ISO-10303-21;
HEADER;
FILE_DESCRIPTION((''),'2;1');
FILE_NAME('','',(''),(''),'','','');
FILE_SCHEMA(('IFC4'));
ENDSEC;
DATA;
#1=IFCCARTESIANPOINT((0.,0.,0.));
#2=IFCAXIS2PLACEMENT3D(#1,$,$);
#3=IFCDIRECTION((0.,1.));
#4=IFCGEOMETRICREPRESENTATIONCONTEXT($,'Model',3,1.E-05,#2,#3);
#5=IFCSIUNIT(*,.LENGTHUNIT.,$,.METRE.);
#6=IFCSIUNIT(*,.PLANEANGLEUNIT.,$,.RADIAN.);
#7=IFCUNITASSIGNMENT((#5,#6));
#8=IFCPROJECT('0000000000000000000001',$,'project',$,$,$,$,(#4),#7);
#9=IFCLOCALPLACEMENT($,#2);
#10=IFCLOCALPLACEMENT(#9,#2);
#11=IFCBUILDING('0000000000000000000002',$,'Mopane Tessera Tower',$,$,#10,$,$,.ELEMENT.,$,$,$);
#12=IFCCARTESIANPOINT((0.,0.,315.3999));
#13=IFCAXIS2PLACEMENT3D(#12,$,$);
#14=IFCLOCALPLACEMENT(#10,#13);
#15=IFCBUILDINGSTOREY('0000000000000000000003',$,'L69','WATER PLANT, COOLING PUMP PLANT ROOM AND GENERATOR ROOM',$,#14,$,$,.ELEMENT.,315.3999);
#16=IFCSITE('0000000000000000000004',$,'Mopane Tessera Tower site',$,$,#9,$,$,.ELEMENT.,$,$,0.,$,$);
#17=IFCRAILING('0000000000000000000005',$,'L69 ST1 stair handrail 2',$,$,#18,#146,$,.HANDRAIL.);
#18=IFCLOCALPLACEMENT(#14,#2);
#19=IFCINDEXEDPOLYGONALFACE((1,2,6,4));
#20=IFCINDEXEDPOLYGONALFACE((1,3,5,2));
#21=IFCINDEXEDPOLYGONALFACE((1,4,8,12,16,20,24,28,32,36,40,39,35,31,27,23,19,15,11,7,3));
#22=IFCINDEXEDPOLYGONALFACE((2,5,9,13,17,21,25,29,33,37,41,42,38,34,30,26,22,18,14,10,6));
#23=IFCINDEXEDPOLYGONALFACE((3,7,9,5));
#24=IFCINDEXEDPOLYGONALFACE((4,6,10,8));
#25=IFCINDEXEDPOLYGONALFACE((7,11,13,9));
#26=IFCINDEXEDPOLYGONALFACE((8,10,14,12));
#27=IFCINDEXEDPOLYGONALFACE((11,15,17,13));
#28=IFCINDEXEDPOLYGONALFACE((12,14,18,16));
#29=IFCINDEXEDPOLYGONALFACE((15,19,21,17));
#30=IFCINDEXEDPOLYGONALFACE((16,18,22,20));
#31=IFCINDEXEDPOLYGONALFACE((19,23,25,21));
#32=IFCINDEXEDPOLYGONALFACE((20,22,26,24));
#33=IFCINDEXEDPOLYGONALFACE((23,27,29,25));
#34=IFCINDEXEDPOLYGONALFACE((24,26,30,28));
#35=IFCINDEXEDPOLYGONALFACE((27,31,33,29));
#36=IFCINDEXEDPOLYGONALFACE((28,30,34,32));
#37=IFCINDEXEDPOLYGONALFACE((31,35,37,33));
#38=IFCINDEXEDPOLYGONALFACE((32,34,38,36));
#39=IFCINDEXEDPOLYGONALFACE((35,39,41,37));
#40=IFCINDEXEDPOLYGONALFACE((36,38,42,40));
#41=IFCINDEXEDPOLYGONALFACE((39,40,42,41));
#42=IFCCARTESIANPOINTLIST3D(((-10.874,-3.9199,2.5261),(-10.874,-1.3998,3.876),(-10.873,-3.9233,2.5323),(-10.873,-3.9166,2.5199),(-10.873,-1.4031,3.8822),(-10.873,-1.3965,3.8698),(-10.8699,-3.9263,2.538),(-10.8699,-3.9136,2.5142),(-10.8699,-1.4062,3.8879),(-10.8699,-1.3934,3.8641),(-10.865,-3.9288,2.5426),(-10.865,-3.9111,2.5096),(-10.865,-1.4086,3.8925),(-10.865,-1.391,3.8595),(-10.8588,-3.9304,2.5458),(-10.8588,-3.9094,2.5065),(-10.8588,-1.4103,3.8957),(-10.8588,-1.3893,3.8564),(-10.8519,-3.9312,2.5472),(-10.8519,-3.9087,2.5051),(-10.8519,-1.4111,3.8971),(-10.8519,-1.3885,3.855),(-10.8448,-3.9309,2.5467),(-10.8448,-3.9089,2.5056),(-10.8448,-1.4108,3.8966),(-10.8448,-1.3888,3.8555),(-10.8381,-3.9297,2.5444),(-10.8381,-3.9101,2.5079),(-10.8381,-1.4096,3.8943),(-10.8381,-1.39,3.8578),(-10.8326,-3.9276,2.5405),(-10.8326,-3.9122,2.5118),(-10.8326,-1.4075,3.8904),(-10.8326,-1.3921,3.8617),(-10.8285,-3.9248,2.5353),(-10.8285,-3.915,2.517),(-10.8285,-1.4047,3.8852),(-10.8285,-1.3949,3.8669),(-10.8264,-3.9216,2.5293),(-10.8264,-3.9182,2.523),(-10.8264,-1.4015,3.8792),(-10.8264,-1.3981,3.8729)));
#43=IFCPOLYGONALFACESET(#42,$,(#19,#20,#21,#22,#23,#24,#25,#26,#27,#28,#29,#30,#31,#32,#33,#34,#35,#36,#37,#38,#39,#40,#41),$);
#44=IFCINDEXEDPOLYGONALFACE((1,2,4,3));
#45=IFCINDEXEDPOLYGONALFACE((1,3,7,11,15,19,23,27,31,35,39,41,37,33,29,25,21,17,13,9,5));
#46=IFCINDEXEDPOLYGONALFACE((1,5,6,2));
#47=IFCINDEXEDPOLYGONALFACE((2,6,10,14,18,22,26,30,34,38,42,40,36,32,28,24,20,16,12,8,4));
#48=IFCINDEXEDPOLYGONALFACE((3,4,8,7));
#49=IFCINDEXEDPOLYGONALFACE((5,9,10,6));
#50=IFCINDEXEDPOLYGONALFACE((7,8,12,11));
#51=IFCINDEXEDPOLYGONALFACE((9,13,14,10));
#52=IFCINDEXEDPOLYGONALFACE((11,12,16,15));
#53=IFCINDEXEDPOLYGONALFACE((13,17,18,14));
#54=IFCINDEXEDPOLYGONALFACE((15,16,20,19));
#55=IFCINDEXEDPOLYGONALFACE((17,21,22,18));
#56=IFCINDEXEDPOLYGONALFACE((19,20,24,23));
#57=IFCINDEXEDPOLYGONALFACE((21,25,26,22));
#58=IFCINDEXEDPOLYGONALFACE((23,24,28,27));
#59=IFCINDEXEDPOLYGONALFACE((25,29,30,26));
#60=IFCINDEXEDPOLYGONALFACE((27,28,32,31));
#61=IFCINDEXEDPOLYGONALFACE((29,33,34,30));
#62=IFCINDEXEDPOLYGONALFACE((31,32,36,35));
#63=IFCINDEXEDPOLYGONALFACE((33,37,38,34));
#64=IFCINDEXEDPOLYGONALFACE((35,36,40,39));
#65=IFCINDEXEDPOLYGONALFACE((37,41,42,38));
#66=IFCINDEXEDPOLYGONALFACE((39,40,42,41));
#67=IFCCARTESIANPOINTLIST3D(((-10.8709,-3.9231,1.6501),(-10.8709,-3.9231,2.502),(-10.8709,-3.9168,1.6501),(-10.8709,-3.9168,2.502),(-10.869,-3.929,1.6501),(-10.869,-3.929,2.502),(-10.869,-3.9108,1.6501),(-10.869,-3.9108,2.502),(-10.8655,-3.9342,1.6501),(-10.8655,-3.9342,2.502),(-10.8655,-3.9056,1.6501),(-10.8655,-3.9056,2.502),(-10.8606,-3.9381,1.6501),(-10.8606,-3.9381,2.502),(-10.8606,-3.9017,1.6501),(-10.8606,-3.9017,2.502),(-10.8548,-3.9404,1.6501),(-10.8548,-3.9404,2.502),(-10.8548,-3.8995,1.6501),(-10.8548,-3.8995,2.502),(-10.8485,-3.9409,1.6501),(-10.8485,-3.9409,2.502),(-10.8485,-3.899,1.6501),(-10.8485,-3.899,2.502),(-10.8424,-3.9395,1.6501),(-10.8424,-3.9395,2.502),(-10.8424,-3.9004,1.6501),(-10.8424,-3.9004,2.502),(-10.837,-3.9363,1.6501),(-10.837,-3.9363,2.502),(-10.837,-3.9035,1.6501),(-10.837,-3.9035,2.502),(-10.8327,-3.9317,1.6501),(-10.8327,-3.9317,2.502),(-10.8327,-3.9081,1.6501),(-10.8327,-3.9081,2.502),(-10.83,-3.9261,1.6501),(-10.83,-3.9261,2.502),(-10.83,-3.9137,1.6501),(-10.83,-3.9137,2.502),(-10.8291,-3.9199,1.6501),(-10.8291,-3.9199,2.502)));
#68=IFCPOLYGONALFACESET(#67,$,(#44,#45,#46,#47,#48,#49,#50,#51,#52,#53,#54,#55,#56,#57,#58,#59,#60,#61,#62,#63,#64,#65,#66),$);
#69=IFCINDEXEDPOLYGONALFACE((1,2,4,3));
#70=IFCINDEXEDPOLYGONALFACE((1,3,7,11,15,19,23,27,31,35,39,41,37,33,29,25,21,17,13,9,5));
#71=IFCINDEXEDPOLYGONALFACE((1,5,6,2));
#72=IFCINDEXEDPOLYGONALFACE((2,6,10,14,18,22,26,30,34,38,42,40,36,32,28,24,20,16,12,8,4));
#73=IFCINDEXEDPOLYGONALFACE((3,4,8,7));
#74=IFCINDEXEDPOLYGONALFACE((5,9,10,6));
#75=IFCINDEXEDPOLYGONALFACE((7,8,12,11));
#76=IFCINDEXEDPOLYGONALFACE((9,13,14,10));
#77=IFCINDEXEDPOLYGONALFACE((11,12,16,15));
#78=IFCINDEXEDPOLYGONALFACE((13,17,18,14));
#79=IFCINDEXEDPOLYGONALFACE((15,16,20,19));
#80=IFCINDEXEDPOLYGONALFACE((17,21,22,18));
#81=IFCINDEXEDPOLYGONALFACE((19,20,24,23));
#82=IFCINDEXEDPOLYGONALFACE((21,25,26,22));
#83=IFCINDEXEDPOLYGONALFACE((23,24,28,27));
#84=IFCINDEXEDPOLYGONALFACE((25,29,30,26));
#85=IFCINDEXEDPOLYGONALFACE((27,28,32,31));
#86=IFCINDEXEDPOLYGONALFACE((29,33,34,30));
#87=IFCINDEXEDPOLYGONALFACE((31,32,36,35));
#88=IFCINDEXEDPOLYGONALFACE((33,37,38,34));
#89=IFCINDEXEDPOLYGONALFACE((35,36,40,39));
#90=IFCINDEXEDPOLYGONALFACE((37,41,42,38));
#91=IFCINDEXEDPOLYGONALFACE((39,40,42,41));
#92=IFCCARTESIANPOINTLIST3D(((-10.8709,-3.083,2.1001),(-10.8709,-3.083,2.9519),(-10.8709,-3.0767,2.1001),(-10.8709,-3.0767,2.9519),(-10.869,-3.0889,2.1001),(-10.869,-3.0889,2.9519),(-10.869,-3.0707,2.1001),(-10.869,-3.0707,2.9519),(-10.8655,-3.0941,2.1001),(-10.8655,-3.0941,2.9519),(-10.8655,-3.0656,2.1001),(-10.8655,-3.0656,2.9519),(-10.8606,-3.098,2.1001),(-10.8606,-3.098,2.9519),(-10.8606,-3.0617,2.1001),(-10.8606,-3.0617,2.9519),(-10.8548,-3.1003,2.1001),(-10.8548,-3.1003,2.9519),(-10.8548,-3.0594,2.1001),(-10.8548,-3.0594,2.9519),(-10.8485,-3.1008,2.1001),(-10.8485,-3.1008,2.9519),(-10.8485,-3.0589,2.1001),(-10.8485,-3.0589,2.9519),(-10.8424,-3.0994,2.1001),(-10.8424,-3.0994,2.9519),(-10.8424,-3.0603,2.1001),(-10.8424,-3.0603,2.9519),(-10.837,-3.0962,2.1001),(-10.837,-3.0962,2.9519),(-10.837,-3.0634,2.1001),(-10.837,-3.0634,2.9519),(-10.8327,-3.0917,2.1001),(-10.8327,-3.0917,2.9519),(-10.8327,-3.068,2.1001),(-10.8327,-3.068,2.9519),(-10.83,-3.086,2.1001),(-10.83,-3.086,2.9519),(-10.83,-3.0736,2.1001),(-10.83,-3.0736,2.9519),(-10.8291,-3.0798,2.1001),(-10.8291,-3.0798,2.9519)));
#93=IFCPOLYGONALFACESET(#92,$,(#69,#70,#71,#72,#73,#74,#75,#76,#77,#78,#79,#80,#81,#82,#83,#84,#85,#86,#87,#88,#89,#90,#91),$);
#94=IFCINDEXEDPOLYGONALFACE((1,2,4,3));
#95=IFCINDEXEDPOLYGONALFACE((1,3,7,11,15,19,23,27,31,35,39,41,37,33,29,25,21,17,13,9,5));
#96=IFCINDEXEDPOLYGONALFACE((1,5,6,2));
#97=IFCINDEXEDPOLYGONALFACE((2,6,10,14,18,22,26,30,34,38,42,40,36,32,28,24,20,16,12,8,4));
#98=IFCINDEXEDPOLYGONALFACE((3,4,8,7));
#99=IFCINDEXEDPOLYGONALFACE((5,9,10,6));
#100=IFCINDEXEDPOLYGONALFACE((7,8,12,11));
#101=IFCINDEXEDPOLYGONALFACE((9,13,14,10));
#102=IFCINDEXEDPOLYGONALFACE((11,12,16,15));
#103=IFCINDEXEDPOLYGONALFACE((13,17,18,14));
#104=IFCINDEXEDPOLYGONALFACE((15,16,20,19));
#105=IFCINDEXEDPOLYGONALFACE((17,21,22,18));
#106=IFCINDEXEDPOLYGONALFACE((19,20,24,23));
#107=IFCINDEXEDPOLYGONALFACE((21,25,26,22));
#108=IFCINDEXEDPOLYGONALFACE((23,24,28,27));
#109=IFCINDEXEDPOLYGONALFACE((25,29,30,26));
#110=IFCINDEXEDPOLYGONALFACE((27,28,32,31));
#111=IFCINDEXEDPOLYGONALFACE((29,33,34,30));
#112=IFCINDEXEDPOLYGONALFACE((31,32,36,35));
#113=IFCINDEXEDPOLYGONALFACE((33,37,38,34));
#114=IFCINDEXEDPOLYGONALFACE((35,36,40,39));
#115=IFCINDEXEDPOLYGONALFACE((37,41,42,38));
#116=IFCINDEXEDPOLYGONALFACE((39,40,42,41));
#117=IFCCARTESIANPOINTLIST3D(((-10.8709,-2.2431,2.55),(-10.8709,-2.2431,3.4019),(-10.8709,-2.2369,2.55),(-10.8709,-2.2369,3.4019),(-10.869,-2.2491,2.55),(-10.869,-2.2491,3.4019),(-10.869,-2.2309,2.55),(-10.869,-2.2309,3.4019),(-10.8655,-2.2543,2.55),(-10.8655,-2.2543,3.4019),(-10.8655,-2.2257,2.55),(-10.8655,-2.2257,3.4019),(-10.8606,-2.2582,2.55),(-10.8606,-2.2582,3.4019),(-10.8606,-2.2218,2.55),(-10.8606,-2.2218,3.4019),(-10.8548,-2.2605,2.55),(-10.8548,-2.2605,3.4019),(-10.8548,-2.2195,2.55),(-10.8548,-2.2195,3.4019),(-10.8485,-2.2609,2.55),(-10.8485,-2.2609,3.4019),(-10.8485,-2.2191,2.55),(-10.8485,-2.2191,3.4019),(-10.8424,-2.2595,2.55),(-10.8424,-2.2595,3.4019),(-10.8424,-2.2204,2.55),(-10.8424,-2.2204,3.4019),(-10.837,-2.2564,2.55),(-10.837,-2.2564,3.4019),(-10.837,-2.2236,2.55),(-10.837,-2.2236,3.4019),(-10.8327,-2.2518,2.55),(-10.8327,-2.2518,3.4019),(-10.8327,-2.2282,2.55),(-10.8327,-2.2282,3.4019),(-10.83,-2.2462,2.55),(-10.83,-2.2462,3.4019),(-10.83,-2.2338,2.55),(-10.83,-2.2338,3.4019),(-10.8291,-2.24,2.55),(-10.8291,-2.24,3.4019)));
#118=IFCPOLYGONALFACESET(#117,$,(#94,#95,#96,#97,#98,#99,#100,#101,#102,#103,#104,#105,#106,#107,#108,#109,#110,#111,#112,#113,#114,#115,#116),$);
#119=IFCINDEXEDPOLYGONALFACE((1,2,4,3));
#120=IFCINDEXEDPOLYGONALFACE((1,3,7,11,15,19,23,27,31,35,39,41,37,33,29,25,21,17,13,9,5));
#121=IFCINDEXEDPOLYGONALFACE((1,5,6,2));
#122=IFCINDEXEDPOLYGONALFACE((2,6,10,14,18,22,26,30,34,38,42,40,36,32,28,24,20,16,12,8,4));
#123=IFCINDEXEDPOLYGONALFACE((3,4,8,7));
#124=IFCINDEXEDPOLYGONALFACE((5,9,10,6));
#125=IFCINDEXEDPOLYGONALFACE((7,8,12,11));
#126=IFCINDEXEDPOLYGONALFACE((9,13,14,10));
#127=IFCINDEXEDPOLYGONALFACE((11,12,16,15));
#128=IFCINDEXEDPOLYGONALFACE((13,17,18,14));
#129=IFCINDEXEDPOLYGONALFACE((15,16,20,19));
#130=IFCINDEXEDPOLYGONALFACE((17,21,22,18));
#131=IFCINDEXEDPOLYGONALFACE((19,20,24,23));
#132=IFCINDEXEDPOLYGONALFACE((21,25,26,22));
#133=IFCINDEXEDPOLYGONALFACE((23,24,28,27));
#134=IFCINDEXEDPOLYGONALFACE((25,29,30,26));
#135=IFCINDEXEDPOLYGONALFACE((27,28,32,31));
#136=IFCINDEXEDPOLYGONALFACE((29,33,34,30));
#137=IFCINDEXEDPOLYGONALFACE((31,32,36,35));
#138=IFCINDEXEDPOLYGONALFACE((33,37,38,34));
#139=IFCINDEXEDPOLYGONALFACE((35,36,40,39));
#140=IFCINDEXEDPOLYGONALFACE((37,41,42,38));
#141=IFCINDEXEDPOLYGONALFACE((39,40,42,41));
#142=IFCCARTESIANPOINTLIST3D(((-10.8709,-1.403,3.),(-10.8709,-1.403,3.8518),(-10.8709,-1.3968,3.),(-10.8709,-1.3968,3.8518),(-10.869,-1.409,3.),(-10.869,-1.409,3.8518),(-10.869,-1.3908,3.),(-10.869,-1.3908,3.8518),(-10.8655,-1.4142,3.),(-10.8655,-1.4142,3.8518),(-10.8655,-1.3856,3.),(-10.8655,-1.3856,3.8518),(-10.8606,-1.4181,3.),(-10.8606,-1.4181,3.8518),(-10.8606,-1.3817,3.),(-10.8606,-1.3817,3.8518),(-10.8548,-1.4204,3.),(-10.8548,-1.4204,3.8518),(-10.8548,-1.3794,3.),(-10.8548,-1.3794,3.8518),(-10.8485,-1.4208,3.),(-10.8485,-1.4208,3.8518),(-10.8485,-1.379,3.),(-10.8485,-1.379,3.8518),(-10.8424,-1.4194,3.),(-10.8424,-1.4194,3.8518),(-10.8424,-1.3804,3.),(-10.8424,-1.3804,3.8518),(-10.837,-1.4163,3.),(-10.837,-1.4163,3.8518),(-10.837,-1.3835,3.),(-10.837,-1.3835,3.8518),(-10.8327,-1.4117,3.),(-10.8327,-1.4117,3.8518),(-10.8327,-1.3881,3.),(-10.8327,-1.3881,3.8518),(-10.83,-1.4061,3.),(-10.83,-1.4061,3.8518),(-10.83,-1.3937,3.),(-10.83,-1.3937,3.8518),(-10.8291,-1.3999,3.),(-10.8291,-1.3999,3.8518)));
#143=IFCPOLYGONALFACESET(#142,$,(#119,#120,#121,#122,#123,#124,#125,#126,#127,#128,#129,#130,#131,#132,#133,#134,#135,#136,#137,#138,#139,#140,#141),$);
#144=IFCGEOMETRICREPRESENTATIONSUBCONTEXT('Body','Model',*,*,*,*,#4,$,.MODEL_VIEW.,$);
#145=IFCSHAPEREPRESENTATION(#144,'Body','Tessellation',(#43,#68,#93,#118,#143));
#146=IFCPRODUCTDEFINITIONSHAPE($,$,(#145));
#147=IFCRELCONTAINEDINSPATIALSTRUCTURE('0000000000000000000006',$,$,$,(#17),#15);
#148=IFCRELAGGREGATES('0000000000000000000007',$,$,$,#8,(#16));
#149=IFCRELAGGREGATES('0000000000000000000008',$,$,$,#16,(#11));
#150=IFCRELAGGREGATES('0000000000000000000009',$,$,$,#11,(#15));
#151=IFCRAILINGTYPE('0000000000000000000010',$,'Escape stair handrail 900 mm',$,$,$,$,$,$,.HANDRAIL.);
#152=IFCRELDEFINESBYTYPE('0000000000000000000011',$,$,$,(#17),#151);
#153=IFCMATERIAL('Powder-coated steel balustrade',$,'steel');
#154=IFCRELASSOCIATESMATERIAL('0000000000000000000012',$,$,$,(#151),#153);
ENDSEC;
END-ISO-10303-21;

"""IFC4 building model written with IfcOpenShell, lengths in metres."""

from ifc_helpers import new_model, si_unit, direction, frame, origin, origin_2d, place, context, subcontext, project, spatial, circle, extrude, material, type_object, element, save


model = new_model("IFC4")

# Units and contexts
model_context = context("Model", 3, precision=1e-05, world=origin(), true_north=direction((0.0, 1.0)))
body_context = subcontext(model_context, "Body", "Model", "MODEL_VIEW")
ifc_project = project(units=[si_unit("LENGTHUNIT", "METRE"), si_unit("PLANEANGLEUNIT", "RADIAN")], contexts=[model_context])

# Site, building, storey
site_placement = place(None, origin())
site = spatial("IfcSite", under=ifc_project, at=site_placement, Name="Mopane Tessera Tower site", CompositionType="ELEMENT", RefElevation=0.0)
building_placement = place(site_placement, origin())
building = spatial("IfcBuilding", under=site, at=building_placement, Name="Mopane Tessera Tower", CompositionType="ELEMENT")
storey_placement = place(building_placement, frame((0.0, 0.0, 315.3999)))
storey = spatial("IfcBuildingStorey", under=building, at=storey_placement, Name="L69", Description="WATER PLANT, COOLING PUMP PLANT ROOM AND GENERATOR ROOM", CompositionType="ELEMENT", Elevation=315.3999)

# Railing
ifc_material_1 = material(Name="Powder-coated steel balustrade", Category="steel")
railing_type_1 = type_object("IfcRailingType", Name="Escape stair handrail 900 mm", PredefinedType="HANDRAIL", material=ifc_material_1)
railing_1_placement = place(storey_placement, frame((-10.8501, -3.9199, 1.6501)))
element("IfcRailing", 1, at=railing_1_placement, inside=storey, type_object=railing_type_1, Name="L69 ST1 stair handrail 2", PredefinedType="HANDRAIL", context=body_context, shape_type="SweptSolid", body=[
    extrude(circle(Radius=0.0239, at=origin_2d()), frame((0.0, 0.0, 0.876), z_axis=(0.0, 0.881503, 0.472179), x_axis=(-1.0, 0.0, 0.0)), (0.0, 0.0, 1.0), 2.8589),
    extrude(circle(Radius=0.021, at=origin_2d()), origin(), (0.0, 0.0, 1.0), 0.8518),
    extrude(circle(Radius=0.021, at=origin_2d()), frame((0.0, 0.8401, 0.45)), (0.0, 0.0, 1.0), 0.8518),
    extrude(circle(Radius=0.021, at=origin_2d()), frame((0.0, 1.6799, 0.8999)), (0.0, 0.0, 1.0), 0.8518),
    extrude(circle(Radius=0.021, at=origin_2d()), frame((0.0, 2.52, 1.3499)), (0.0, 0.0, 1.0), 0.8518),
])

save(model, "model.ifc")
